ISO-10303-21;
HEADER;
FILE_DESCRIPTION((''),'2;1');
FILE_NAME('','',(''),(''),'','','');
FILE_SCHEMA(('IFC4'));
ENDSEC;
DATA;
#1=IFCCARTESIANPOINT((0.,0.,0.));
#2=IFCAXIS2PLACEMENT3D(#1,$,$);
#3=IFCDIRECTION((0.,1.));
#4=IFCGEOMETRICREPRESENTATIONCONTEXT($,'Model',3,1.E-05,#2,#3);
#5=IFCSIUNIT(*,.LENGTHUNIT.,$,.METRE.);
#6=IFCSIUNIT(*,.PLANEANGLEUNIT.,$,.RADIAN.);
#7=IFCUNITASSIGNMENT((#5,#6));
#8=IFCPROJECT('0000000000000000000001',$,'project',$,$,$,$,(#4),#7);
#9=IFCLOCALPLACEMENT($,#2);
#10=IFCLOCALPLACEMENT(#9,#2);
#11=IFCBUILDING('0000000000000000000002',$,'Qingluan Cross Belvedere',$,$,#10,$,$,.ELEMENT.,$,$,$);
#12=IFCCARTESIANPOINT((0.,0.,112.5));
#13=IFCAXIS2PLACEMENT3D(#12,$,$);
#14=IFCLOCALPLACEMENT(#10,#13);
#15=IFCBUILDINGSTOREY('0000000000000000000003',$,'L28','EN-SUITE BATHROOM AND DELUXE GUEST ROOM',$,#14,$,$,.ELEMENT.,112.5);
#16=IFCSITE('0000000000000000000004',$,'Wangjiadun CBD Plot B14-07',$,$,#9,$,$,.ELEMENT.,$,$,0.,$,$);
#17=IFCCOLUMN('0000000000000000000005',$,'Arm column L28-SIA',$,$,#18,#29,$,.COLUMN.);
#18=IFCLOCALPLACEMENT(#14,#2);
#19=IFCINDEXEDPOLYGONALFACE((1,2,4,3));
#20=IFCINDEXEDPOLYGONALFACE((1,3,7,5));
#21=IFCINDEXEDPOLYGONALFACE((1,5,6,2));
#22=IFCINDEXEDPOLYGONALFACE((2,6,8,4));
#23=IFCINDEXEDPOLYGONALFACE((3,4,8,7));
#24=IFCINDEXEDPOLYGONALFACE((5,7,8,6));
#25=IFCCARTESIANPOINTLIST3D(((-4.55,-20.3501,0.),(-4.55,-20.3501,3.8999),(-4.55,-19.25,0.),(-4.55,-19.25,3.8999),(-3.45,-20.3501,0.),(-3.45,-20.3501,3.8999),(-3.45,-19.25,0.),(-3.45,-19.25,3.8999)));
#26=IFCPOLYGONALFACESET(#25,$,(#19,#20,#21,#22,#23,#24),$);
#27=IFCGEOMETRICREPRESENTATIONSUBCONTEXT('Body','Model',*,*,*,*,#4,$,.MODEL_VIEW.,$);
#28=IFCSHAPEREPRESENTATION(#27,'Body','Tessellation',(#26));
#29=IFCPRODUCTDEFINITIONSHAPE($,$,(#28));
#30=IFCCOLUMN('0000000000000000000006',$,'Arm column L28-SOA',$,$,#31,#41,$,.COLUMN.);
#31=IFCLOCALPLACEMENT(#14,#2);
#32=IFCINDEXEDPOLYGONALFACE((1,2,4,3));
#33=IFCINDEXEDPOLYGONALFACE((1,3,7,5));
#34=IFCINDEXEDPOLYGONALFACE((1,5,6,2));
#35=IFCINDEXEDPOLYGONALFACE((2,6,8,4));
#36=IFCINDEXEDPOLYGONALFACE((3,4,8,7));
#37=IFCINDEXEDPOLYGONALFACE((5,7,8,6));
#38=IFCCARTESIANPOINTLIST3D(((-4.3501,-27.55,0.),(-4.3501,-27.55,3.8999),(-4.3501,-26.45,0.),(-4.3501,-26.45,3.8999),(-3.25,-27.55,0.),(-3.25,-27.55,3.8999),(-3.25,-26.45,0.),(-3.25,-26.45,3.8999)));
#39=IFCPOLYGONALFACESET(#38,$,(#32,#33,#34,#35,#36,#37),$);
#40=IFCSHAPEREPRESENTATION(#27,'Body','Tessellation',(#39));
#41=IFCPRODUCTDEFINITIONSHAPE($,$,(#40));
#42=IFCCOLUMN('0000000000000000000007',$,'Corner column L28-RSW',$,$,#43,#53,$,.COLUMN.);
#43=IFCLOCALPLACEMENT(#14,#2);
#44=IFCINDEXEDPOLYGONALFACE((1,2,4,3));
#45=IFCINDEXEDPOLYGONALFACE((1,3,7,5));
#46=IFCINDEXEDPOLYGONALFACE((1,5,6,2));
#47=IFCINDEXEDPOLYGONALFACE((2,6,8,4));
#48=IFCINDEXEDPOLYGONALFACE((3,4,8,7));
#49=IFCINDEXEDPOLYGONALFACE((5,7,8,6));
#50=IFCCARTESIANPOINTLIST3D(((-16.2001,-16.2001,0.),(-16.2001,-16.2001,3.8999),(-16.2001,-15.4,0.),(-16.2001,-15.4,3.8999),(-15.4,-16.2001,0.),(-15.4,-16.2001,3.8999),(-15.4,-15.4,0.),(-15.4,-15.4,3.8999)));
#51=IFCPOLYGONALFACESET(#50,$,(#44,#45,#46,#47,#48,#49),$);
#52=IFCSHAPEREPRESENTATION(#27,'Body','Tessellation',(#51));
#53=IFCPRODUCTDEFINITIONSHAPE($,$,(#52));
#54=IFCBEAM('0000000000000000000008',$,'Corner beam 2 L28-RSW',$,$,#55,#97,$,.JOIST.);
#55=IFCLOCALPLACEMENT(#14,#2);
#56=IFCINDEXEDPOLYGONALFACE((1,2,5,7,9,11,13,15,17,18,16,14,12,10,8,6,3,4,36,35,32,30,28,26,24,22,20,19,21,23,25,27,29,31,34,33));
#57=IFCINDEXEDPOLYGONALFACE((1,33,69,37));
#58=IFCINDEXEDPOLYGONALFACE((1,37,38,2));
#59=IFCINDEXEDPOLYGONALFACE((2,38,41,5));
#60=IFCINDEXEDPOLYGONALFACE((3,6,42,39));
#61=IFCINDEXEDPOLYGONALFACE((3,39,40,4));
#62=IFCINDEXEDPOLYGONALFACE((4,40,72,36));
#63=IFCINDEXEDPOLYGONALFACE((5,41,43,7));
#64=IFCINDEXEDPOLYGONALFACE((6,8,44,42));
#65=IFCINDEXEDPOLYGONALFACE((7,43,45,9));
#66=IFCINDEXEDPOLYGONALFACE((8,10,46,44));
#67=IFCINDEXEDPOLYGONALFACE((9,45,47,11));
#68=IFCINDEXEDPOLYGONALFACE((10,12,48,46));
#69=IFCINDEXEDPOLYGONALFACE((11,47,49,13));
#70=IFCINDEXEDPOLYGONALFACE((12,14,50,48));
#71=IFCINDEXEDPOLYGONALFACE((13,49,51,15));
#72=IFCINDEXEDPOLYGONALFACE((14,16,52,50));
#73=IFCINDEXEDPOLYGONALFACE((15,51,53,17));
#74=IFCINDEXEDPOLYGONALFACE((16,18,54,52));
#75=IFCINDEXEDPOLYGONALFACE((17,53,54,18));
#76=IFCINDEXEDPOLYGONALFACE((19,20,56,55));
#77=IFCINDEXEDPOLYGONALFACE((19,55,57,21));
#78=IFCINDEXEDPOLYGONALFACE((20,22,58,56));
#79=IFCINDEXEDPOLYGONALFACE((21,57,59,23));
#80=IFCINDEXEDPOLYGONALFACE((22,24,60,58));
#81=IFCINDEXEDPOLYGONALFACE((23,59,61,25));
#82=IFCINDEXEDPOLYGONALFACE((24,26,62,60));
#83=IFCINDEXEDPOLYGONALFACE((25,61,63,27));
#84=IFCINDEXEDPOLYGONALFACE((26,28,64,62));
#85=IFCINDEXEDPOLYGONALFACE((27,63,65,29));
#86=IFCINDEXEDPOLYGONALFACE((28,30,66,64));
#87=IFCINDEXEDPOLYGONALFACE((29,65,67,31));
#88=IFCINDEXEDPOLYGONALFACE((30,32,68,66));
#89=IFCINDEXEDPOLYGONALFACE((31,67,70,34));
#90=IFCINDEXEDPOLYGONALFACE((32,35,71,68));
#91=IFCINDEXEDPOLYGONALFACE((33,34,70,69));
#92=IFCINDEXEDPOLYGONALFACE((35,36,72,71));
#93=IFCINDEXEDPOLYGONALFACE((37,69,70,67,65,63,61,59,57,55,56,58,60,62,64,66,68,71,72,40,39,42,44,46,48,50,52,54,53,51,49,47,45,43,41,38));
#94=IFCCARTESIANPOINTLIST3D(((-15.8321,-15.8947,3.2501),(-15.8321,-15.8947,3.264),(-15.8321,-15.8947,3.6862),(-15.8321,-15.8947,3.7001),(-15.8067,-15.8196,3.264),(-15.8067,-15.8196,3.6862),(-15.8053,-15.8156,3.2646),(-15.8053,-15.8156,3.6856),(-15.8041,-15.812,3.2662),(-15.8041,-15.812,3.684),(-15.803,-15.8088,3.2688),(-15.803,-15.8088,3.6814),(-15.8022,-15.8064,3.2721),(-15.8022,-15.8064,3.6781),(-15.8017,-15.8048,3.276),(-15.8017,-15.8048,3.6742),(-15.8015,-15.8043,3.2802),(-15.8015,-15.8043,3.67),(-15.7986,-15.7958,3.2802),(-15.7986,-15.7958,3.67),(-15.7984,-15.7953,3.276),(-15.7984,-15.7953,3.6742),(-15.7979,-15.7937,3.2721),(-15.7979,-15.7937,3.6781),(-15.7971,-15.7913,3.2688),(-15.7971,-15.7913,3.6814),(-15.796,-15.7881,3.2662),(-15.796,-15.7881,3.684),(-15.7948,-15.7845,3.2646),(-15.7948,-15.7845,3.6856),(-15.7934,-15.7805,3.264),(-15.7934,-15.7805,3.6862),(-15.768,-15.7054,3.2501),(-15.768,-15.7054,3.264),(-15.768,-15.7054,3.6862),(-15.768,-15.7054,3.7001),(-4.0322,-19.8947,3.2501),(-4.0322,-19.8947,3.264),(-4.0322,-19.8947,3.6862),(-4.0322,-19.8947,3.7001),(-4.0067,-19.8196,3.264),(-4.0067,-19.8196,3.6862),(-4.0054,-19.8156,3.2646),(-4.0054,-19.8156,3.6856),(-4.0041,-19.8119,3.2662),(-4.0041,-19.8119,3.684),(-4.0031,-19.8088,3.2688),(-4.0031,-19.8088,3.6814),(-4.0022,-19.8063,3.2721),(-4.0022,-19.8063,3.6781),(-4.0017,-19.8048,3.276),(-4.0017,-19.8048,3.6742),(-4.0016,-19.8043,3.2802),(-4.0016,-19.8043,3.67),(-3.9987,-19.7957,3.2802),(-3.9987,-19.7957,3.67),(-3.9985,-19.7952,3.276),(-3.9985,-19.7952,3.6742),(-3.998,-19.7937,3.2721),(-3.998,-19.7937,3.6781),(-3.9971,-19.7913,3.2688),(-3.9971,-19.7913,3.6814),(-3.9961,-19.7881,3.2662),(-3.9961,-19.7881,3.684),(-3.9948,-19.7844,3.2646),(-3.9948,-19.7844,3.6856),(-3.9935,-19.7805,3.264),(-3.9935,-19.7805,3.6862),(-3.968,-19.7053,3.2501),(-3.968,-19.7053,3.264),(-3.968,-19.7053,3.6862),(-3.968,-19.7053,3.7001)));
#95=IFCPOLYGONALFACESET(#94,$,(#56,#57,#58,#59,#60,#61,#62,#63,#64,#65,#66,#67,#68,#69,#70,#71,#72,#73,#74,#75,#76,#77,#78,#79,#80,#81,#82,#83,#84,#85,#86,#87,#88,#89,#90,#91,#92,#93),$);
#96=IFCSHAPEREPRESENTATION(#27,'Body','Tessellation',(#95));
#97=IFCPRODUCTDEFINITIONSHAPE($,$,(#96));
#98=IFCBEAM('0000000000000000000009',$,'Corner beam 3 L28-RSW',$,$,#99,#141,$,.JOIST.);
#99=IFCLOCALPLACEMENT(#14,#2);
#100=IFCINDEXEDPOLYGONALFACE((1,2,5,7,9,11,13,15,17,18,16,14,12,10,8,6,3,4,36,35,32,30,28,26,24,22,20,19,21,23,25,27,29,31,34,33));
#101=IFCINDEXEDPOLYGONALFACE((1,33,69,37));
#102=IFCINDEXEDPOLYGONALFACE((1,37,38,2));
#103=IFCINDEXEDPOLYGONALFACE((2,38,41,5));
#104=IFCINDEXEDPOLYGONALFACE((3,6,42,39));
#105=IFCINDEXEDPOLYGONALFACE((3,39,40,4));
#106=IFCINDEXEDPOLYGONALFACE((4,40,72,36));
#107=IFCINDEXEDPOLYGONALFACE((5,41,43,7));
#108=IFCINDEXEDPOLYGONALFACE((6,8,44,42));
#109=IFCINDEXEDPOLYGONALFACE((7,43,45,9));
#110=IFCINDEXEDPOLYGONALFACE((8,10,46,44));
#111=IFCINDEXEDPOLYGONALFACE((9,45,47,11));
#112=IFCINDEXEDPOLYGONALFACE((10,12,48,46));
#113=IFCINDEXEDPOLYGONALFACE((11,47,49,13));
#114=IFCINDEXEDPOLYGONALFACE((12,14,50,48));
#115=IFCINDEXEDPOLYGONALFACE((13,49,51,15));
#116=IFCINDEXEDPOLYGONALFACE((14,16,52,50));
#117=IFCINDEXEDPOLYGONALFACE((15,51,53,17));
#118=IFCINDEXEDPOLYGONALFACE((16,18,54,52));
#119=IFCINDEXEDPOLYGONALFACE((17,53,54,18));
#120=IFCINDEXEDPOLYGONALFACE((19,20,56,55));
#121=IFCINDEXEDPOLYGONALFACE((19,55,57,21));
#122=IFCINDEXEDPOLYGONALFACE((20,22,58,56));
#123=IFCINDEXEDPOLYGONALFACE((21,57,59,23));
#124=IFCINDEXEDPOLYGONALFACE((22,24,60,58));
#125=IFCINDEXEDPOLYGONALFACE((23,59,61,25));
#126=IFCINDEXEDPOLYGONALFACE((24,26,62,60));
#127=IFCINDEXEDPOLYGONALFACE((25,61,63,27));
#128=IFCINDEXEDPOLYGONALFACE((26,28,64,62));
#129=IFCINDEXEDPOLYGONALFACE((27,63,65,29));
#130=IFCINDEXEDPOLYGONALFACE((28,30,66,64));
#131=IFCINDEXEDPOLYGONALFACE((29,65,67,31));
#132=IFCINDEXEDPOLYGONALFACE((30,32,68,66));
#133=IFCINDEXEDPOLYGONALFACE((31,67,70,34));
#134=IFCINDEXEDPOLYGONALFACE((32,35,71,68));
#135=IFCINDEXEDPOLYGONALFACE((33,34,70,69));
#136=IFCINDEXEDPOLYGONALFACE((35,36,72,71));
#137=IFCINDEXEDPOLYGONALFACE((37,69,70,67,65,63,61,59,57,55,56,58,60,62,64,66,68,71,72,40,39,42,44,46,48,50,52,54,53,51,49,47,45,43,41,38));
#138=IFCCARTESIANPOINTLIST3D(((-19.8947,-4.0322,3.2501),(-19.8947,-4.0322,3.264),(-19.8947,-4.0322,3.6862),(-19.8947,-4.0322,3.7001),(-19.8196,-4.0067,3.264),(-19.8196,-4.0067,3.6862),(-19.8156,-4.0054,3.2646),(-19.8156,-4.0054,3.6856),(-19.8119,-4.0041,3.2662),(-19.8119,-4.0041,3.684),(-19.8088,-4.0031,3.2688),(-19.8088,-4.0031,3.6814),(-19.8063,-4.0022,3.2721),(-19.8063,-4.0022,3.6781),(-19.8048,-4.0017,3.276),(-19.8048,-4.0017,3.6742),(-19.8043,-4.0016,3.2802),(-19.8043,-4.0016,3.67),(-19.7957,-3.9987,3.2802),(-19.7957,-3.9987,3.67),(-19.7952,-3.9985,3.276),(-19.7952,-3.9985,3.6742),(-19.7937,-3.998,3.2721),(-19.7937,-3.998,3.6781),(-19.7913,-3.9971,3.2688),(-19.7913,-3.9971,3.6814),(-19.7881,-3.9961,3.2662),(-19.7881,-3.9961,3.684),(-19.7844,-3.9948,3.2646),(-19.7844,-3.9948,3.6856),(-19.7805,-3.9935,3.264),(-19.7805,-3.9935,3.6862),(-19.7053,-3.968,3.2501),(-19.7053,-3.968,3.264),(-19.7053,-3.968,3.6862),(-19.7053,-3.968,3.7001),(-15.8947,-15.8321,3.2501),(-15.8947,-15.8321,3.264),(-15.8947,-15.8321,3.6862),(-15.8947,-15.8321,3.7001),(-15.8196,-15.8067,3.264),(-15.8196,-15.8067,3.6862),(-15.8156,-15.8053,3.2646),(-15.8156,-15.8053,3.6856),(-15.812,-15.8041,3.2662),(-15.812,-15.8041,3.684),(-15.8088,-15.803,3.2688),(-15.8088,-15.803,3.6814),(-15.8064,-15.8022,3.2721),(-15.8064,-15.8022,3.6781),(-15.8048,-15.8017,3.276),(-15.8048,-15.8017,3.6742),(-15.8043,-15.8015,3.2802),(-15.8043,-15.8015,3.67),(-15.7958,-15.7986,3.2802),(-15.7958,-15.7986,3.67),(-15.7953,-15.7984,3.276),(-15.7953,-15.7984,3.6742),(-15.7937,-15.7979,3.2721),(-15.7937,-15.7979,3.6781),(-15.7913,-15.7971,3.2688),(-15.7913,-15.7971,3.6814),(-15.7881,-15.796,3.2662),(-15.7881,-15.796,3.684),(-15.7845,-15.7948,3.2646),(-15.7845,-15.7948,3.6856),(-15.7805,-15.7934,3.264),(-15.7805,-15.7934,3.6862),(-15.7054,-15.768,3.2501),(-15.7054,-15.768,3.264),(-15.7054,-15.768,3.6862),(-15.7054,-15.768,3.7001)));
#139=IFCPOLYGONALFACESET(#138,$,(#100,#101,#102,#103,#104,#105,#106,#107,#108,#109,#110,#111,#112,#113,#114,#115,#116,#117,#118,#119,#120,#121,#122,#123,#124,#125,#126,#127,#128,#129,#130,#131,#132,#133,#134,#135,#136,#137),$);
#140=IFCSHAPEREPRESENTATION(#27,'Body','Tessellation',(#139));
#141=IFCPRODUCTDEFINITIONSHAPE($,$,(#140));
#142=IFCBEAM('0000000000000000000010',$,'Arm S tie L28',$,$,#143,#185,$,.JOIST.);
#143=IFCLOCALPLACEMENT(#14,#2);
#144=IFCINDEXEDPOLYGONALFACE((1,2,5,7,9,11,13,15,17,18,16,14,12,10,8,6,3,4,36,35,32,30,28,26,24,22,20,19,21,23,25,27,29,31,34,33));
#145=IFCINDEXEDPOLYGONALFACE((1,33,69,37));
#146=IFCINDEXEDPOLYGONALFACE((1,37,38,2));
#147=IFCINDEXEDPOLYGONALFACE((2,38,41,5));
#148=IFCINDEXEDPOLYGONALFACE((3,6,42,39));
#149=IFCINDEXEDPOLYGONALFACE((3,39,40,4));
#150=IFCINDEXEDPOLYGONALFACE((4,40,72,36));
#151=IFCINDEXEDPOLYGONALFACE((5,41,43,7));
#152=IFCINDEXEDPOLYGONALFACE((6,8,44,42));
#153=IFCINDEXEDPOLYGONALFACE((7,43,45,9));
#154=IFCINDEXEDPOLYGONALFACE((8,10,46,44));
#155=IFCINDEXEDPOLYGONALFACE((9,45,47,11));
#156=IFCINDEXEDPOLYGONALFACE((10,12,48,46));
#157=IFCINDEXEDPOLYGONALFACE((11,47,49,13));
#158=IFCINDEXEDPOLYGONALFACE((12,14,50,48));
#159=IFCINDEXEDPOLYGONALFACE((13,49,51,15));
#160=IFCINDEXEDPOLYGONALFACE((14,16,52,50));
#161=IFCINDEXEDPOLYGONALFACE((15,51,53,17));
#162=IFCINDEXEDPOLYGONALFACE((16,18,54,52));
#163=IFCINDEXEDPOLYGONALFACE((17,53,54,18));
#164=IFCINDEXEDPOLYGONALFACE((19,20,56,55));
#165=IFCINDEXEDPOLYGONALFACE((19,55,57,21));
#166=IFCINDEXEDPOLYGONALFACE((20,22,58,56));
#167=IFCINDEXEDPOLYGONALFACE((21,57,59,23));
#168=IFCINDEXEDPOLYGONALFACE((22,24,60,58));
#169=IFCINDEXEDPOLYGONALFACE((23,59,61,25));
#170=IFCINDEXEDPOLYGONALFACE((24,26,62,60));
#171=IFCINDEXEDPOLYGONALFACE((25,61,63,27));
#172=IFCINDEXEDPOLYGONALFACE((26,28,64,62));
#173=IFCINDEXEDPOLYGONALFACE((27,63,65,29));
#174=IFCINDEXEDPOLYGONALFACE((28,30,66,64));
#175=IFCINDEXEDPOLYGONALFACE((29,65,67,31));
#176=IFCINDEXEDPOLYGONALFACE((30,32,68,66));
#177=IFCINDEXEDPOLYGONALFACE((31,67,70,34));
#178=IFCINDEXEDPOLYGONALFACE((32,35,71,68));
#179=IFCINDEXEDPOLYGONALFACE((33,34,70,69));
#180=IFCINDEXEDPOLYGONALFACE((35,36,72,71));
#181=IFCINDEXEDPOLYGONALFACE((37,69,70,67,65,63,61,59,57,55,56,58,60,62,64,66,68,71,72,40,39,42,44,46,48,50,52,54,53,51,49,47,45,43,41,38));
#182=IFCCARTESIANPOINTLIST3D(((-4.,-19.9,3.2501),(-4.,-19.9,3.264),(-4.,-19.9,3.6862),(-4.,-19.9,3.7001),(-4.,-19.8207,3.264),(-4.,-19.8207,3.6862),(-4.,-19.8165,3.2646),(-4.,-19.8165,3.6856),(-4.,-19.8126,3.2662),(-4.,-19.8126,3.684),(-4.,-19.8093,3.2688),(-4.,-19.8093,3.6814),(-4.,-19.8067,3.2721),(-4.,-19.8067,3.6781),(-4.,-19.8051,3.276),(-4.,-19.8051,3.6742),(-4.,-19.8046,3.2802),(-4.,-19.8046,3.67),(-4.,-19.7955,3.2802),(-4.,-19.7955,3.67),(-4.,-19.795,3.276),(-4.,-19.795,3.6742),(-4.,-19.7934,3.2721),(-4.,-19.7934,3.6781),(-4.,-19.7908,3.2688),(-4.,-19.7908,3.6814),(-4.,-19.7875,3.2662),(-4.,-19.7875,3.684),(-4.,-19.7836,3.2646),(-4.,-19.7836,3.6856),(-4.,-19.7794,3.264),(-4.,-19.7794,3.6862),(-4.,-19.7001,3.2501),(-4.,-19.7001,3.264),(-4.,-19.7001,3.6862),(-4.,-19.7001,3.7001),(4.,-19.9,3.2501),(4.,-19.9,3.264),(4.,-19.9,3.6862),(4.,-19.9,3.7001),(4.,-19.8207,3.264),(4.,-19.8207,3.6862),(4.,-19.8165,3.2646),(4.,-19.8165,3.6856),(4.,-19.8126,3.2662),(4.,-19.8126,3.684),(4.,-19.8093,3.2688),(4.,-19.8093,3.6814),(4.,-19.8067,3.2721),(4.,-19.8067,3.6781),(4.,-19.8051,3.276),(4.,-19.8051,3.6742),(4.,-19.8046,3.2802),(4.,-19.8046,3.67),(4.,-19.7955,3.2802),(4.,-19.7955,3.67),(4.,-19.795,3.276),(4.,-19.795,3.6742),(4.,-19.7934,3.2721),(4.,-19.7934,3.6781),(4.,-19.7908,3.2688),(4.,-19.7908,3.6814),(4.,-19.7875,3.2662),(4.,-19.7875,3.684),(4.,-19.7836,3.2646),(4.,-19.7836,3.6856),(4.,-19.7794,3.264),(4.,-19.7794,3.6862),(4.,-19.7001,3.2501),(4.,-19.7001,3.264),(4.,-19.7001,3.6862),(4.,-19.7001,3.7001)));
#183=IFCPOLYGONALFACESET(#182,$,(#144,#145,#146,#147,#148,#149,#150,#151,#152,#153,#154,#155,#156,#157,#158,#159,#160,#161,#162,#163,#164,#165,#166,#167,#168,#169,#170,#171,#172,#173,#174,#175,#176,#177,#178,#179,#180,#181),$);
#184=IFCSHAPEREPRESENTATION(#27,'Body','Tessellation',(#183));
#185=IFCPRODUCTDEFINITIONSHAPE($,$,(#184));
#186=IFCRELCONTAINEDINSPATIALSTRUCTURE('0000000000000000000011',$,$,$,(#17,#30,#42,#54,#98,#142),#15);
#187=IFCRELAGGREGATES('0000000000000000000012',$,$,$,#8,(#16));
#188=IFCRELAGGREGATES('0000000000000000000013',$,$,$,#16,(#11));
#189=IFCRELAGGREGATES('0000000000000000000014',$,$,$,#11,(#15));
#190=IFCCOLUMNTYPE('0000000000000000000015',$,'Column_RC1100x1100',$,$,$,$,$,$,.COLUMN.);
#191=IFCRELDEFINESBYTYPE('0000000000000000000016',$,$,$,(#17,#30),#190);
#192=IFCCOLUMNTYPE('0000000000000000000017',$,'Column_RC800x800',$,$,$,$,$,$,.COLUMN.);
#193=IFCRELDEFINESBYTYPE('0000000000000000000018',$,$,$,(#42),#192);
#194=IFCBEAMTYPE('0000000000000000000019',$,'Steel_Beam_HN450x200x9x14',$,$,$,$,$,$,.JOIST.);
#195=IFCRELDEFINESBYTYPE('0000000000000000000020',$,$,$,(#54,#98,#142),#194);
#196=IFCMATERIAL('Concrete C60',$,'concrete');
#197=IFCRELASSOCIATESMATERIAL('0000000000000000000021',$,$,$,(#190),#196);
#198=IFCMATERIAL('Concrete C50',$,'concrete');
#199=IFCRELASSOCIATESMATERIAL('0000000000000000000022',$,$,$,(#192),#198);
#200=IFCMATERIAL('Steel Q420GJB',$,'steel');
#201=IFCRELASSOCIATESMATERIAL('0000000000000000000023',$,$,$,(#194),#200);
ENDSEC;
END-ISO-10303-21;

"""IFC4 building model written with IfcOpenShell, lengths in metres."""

from ifc_helpers import new_model, si_unit, direction, frame, origin, origin_2d, place, context, subcontext, project, spatial, rectangle, i_section, extrude, material, material_profile, profile_set, type_object, element, save


model = new_model("IFC4")

# Units and contexts
model_context = context("Model", 3, precision=1e-05, world=origin(), true_north=direction((0.0, 1.0)))
body_context = subcontext(model_context, "Body", "Model", "MODEL_VIEW")
ifc_project = project(units=[si_unit("LENGTHUNIT", "METRE"), si_unit("PLANEANGLEUNIT", "RADIAN")], contexts=[model_context])

# Site, building, storey
site_placement = place(None, origin())
site = spatial("IfcSite", under=ifc_project, at=site_placement, Name="Wangjiadun CBD Plot B14-07", CompositionType="ELEMENT", RefElevation=0.0)
building_placement = place(site_placement, origin())
building = spatial("IfcBuilding", under=site, at=building_placement, Name="Qingluan Cross Belvedere", CompositionType="ELEMENT")
storey_placement = place(building_placement, frame((0.0, 0.0, 112.5)))
storey = spatial("IfcBuildingStorey", under=building, at=storey_placement, Name="L28", Description="EN-SUITE BATHROOM AND DELUXE GUEST ROOM", CompositionType="ELEMENT", Elevation=112.5)

# Columns
ifc_material_1 = material(Name="Concrete C60", Category="concrete")
ifc_material_profile_1 = material_profile(ifc_material_1, rectangle(XDim=1.1001, YDim=1.1001, at=origin_2d()), Name="RC1100x1100")
ifc_profile_set_1 = profile_set([ifc_material_profile_1], Name="Concrete C60")
column_type_1 = type_object("IfcColumnType", Name="Column_RC1100x1100", PredefinedType="COLUMN", material=ifc_profile_set_1)
for number, where, z_axis, x_axis, name in (
    (1, (-4.0, -19.8, 0.0), (0.0, 0.0, 1.0), (1.0, 0.0, 0.0), "Arm column L28-SIA"),
    (2, (-3.8, -27.0, 0.0), (0.0, 0.0, 1.0), (1.0, 0.0, 0.0), "Arm column L28-SOA"),
):
    element("IfcColumn", number, at=place(storey_placement, frame(where, z_axis=z_axis, x_axis=x_axis)), inside=storey, type_object=column_type_1, Name=name, PredefinedType="COLUMN", context=body_context, shape_type="SweptSolid", body=[
        extrude(rectangle(XDim=1.1001, YDim=1.1001, at=origin_2d()), origin(), (0.0, 0.0, 1.0), 3.8999),
    ])
ifc_material_2 = material(Name="Concrete C50", Category="concrete")
ifc_material_profile_2 = material_profile(ifc_material_2, rectangle(XDim=0.8, YDim=0.8, at=origin_2d()), Name="RC800x800")
ifc_profile_set_2 = profile_set([ifc_material_profile_2], Name="Concrete C50")
column_type_2 = type_object("IfcColumnType", Name="Column_RC800x800", PredefinedType="COLUMN", material=ifc_profile_set_2)
column_placement = place(storey_placement, frame((-15.8, -15.8, 0.0), z_axis=(0.0, 0.0, 1.0), x_axis=(1.0, 0.0, 0.0)))
element("IfcColumn", 3, at=column_placement, inside=storey, type_object=column_type_2, Name="Corner column L28-RSW", PredefinedType="COLUMN", context=body_context, shape_type="SweptSolid", body=[
    extrude(rectangle(XDim=0.8, YDim=0.8, at=origin_2d()), origin(), (0.0, 0.0, 1.0), 3.8999),
])

# Beams
ifc_material_3 = material(Name="Steel Q420GJB", Category="steel")
ifc_material_profile_3 = material_profile(ifc_material_3, i_section(OverallWidth=0.2, OverallDepth=0.45, WebThickness=0.009, FlangeThickness=0.0139, FilletRadius=0.0161, at=origin_2d()), Name="HN450x200x9x14")
ifc_profile_set_3 = profile_set([ifc_material_profile_3], Name="Steel Q420GJB")
beam_type_1 = type_object("IfcBeamType", Name="Steel_Beam_HN450x200x9x14", PredefinedType="JOIST", material=ifc_profile_set_3)
for number, where, z_axis, x_axis, name in (
    (4, (-15.8, -15.8, 3.4751), (0.947066, -0.321038, 0.0), (0.321038, 0.947066, 0.0), "Corner beam 2 L28-RSW"),
    (5, (-15.8, -15.8, 3.4751), (-0.321038, 0.947066, 0.0), (-0.947066, -0.321038, 0.0), "Corner beam 3 L28-RSW"),
):
    element("IfcBeam", number, at=place(storey_placement, frame(where, z_axis=z_axis, x_axis=x_axis)), inside=storey, type_object=beam_type_1, Name=name, PredefinedType="JOIST", context=body_context, shape_type="SweptSolid", body=[
        extrude(i_section(OverallWidth=0.2, OverallDepth=0.45, WebThickness=0.009, FlangeThickness=0.0139, FilletRadius=0.0161, at=origin_2d()), origin(), (0.0, 0.0, 1.0), 12.4595),
    ])
for number, where, z_axis, x_axis, name in (
    (6, (-4.0, -19.8, 3.4751), (1.0, 0.0, 0.0), (0.0, 1.0, 0.0), "Arm S tie L28"),
):
    element("IfcBeam", number, at=place(storey_placement, frame(where, z_axis=z_axis, x_axis=x_axis)), inside=storey, type_object=beam_type_1, Name=name, PredefinedType="JOIST", context=body_context, shape_type="SweptSolid", body=[
        extrude(i_section(OverallWidth=0.2, OverallDepth=0.45, WebThickness=0.009, FlangeThickness=0.0139, FilletRadius=0.0161, at=origin_2d()), origin(), (0.0, 0.0, 1.0), 8.0),
    ])

save(model, "model.ifc")
